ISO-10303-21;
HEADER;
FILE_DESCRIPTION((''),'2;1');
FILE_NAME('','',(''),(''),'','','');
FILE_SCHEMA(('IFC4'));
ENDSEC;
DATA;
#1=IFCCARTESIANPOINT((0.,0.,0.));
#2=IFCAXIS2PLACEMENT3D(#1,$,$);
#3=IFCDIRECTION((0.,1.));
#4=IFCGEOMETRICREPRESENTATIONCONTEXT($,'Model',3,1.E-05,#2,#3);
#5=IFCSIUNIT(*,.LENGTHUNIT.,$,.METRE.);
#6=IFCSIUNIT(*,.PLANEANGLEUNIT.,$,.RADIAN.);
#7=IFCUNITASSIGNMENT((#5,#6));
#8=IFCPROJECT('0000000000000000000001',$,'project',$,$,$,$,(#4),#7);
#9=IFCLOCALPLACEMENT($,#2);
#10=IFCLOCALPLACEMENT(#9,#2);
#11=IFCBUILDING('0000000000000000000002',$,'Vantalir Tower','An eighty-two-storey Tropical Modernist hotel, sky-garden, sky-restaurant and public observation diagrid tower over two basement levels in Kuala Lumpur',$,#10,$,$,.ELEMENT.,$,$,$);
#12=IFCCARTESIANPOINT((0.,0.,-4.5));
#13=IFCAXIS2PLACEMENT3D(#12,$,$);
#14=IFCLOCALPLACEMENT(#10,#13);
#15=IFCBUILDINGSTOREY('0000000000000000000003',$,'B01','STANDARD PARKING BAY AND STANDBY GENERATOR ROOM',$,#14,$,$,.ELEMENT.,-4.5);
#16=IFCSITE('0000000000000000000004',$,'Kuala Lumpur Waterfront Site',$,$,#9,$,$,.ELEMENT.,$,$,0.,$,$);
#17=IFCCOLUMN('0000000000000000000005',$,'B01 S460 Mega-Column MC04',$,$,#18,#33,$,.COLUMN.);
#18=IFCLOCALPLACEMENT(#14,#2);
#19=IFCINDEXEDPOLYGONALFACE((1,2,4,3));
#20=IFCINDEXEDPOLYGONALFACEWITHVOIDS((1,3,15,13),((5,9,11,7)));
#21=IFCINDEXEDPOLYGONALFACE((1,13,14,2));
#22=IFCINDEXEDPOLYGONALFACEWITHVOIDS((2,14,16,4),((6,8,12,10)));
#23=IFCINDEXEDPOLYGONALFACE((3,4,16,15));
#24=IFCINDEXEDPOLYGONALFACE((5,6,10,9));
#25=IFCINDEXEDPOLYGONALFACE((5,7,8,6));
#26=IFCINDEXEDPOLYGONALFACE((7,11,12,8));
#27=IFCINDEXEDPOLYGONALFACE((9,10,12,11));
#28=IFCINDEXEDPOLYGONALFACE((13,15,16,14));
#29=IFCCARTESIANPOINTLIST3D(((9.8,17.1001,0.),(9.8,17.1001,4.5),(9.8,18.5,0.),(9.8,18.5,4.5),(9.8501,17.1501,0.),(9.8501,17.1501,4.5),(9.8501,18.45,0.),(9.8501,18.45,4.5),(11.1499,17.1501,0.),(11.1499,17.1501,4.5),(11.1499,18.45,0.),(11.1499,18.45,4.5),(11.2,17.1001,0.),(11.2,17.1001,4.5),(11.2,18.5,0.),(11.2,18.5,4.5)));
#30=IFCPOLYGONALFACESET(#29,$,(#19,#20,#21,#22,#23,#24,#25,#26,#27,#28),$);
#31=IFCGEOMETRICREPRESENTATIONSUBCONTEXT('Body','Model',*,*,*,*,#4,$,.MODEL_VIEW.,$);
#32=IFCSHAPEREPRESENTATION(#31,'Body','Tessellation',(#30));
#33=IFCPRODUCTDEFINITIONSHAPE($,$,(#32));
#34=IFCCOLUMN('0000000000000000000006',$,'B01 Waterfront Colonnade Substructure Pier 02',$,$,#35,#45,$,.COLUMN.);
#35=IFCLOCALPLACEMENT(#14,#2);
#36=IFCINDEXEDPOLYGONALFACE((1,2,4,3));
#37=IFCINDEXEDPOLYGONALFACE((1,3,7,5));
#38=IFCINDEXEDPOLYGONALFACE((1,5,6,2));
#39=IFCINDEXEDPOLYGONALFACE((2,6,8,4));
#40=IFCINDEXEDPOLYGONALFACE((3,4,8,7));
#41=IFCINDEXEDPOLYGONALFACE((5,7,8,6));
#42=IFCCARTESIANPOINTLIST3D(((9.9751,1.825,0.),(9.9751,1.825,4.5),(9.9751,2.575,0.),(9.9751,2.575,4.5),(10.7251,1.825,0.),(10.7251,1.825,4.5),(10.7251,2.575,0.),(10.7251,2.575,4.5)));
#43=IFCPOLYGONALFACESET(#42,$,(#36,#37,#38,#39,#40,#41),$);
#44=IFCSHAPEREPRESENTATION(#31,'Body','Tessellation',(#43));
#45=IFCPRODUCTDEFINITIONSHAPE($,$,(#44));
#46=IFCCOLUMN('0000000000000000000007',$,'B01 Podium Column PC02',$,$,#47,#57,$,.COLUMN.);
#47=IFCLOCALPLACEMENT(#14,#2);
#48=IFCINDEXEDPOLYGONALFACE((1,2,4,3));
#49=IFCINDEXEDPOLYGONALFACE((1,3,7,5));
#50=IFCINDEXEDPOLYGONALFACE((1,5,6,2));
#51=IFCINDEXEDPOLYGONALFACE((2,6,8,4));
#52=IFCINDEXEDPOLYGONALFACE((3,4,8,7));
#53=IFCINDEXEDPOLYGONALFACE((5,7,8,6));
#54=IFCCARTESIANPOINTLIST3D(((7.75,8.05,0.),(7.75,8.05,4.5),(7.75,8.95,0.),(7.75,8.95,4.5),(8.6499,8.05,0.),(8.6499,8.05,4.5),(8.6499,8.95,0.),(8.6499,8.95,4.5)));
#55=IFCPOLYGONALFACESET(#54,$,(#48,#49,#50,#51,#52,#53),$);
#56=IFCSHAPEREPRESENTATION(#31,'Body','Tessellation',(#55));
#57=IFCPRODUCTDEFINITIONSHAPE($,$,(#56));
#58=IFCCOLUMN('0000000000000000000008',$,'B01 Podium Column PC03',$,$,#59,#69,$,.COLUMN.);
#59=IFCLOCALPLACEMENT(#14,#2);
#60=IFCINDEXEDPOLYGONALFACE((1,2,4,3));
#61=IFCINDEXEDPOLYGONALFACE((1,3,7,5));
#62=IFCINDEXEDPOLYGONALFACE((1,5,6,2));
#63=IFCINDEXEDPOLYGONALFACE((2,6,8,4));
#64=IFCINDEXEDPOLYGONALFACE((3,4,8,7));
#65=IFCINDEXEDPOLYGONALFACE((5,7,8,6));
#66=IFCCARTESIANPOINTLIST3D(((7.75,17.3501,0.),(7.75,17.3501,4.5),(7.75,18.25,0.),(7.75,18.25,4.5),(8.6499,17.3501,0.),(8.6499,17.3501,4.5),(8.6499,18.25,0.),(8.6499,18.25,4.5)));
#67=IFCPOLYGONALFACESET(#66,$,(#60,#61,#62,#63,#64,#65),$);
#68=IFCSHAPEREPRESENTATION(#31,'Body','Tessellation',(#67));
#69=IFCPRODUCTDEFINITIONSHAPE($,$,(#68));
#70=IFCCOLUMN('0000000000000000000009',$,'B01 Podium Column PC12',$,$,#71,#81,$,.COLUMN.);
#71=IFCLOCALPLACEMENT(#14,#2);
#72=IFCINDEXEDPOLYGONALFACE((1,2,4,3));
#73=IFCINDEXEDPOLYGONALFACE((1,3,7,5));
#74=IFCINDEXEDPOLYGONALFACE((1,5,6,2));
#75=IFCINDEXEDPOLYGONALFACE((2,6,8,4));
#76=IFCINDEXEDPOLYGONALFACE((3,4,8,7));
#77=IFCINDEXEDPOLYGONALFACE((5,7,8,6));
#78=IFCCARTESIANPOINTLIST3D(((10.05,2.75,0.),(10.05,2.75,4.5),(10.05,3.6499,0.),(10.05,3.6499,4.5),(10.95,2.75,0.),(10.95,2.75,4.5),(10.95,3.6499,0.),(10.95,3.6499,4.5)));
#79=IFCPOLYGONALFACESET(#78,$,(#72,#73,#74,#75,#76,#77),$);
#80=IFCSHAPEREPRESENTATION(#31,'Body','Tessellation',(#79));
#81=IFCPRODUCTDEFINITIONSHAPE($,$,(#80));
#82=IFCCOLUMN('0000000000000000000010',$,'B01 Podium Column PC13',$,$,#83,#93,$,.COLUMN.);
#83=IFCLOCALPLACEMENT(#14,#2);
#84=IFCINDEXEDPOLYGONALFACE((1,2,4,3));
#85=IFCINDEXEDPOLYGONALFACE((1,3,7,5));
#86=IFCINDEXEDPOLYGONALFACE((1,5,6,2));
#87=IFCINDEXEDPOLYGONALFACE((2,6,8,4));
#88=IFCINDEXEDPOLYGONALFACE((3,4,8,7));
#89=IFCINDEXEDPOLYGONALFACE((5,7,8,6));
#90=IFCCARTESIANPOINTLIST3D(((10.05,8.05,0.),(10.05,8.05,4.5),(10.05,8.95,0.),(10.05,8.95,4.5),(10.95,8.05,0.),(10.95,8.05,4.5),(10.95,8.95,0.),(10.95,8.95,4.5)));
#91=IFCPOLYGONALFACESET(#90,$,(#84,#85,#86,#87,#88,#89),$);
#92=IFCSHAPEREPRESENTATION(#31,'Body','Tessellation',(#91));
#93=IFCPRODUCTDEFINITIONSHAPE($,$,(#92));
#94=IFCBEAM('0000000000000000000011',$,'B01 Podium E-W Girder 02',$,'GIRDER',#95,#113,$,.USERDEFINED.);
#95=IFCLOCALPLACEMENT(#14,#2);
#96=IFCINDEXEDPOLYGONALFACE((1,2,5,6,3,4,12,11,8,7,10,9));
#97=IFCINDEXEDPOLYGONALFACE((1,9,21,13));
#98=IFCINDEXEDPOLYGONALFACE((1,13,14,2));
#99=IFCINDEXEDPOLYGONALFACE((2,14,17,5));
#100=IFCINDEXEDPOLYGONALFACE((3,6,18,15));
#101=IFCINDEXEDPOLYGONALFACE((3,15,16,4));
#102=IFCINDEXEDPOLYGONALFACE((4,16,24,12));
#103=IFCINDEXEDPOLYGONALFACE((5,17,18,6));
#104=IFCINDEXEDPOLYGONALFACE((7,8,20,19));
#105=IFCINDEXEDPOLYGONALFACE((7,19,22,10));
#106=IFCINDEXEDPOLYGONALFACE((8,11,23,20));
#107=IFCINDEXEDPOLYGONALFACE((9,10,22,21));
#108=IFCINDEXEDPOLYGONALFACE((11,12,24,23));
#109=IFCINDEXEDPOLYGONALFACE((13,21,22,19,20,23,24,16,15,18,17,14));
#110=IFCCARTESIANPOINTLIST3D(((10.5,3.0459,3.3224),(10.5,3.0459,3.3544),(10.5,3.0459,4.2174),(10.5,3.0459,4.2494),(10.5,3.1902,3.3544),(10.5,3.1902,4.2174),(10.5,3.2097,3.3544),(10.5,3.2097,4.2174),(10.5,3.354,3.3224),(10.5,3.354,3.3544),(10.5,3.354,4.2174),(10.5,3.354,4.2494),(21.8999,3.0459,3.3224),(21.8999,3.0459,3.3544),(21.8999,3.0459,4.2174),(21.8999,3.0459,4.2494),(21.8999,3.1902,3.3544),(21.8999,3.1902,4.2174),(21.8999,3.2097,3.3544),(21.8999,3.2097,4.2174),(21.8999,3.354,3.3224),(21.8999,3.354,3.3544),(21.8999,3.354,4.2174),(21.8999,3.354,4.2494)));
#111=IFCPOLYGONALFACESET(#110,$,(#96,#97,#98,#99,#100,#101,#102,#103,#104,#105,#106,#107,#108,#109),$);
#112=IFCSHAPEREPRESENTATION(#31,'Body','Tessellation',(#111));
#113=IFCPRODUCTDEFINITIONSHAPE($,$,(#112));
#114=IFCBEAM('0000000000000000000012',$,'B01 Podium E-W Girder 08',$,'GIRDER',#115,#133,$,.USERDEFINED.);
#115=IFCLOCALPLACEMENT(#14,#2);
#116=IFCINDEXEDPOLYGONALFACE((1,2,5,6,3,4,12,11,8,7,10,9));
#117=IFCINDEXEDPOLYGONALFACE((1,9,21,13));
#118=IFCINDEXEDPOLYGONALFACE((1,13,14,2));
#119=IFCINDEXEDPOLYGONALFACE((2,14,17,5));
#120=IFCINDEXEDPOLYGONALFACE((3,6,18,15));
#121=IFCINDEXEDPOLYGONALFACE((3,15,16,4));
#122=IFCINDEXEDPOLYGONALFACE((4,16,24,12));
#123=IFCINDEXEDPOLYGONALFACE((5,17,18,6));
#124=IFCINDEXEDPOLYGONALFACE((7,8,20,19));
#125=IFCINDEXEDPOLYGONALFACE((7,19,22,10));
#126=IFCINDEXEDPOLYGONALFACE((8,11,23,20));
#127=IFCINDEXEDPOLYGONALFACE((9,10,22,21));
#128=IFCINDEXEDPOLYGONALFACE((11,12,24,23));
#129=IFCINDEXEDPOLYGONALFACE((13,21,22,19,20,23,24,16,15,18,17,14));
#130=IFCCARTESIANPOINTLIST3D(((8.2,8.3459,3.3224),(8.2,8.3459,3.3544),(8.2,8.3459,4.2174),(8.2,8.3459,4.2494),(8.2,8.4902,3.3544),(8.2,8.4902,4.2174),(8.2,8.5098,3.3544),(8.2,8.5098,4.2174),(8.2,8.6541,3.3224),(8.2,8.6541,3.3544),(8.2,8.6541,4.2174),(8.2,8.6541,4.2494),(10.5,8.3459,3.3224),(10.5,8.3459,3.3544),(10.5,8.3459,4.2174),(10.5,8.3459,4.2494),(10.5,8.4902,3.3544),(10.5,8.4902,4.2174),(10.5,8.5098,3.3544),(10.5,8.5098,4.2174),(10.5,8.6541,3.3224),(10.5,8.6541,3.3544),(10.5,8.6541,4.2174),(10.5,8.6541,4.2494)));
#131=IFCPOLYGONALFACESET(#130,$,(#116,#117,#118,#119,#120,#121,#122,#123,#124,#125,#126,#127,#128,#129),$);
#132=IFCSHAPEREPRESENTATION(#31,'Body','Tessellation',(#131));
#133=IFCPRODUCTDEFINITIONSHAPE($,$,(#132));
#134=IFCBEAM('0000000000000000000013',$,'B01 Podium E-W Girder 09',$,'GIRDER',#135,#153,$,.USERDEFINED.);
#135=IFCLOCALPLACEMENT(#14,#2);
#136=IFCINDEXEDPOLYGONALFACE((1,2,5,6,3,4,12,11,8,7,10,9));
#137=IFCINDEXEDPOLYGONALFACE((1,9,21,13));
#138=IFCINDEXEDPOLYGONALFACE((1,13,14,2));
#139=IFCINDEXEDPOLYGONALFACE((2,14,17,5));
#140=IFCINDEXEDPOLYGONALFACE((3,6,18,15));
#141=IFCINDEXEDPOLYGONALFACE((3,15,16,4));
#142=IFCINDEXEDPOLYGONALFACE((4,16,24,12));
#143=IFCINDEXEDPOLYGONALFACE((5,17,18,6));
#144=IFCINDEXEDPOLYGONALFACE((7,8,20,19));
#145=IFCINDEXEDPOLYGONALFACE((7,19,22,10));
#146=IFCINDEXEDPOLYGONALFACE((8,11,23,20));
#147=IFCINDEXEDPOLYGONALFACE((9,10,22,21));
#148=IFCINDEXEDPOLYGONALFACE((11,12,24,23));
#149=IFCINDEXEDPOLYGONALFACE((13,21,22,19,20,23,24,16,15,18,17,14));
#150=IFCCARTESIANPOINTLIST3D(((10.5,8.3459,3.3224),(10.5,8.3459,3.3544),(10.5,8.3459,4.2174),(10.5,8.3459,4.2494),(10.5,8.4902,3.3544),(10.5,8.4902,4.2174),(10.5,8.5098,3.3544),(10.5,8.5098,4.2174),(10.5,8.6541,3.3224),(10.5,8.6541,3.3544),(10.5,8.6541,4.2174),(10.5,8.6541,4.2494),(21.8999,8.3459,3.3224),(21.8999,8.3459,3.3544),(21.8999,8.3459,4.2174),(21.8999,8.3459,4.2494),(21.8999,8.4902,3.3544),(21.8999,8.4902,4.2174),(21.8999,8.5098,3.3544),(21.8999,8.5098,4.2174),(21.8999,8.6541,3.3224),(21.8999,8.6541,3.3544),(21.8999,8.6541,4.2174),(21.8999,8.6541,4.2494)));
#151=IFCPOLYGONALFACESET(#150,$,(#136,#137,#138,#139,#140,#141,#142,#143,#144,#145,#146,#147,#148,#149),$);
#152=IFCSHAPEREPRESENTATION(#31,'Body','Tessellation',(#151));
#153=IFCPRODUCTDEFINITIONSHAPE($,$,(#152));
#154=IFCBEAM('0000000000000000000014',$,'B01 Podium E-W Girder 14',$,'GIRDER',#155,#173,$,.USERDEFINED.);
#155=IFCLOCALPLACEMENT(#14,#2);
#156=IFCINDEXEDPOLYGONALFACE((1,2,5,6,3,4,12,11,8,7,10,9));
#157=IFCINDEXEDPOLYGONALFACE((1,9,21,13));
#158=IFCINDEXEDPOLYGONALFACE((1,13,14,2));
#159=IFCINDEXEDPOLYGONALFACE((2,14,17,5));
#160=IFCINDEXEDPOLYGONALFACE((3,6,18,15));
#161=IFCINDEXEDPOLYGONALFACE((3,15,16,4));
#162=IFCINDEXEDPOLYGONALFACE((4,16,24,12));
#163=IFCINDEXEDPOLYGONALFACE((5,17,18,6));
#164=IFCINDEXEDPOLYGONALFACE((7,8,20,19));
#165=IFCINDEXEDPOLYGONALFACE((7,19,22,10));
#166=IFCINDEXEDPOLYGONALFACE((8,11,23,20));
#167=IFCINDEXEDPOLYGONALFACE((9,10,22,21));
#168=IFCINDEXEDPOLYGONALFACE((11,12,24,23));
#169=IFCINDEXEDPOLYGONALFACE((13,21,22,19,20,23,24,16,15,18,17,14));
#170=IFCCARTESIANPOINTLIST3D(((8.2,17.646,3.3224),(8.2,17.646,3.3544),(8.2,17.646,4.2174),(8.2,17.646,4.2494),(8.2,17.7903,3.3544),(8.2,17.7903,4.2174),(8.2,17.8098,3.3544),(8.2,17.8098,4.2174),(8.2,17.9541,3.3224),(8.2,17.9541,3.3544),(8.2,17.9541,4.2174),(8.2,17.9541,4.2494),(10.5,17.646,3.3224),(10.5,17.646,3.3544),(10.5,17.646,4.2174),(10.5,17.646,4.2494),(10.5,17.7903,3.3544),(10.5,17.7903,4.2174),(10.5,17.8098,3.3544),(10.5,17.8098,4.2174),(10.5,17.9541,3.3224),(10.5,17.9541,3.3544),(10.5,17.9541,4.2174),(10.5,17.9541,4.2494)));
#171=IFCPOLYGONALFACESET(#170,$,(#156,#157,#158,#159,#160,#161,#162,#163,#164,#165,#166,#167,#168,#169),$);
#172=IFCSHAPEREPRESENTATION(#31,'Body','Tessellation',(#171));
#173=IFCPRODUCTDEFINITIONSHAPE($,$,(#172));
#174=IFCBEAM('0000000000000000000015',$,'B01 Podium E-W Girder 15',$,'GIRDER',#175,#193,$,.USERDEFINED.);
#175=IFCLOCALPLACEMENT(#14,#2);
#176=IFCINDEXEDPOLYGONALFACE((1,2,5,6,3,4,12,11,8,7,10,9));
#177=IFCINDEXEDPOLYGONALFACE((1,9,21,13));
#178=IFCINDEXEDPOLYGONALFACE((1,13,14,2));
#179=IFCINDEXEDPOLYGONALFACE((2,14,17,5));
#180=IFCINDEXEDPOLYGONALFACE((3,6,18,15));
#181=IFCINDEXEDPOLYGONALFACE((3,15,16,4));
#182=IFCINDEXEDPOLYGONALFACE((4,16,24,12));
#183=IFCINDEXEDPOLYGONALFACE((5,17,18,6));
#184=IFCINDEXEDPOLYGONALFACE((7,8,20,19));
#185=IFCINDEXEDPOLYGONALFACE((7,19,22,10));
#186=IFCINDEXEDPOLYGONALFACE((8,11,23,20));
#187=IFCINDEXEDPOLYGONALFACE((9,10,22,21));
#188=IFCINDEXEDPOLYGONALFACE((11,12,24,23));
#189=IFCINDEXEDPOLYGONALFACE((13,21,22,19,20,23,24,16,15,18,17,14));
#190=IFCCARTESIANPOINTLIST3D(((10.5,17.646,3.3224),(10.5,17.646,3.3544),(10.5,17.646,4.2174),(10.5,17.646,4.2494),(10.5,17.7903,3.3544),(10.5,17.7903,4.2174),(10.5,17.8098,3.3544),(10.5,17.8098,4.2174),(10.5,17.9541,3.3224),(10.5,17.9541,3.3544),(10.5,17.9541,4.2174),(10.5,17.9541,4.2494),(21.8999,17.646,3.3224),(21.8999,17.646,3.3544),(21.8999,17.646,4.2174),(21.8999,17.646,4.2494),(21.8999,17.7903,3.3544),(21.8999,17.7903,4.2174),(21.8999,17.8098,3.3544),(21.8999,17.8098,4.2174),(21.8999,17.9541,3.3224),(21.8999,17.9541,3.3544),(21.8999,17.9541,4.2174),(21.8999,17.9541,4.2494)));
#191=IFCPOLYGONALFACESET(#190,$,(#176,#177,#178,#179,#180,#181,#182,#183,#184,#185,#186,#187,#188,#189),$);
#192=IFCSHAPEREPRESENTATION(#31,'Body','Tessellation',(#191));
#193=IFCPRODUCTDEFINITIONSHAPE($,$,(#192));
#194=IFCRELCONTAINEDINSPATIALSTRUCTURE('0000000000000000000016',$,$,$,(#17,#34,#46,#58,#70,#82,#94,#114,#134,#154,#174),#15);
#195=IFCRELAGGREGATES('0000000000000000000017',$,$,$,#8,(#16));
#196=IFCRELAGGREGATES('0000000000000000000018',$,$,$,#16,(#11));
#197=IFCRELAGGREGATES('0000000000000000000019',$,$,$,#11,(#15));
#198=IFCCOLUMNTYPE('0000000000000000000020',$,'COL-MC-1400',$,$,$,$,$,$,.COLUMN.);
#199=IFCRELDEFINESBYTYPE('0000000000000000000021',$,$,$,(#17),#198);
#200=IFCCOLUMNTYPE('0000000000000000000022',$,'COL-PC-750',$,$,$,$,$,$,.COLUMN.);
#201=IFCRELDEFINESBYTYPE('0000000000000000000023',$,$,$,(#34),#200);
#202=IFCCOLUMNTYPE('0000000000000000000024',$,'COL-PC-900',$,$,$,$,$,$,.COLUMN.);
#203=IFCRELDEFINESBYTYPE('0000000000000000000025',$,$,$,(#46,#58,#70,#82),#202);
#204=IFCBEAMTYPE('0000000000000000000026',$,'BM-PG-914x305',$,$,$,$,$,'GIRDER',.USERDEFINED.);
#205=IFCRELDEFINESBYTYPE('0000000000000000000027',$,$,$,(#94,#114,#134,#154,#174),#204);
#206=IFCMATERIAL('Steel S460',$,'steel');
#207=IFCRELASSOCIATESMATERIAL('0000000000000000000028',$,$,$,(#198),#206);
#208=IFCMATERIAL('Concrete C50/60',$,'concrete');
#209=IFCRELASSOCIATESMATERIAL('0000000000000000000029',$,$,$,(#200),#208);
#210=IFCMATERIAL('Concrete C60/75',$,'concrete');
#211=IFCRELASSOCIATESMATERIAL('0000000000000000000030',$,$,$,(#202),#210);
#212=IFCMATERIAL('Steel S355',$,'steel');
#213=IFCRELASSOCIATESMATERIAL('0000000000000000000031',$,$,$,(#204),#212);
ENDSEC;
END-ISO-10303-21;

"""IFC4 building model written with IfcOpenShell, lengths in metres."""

from ifc_helpers import new_model, si_unit, direction, frame, origin, origin_2d, place, context, subcontext, project, spatial, rectangle, hollow_rectangle, i_section, extrude, material, material_profile, profile_set, type_object, element, save


model = new_model("IFC4")

# Units and contexts
model_context = context("Model", 3, precision=1e-05, world=origin(), true_north=direction((0.0, 1.0)))
body_context = subcontext(model_context, "Body", "Model", "MODEL_VIEW")
ifc_project = project(units=[si_unit("LENGTHUNIT", "METRE"), si_unit("PLANEANGLEUNIT", "RADIAN")], contexts=[model_context])

# Site, building, storey
site_placement = place(None, origin())
site = spatial("IfcSite", under=ifc_project, at=site_placement, Name="Kuala Lumpur Waterfront Site", CompositionType="ELEMENT", RefElevation=0.0)
building_placement = place(site_placement, origin())
building = spatial("IfcBuilding", under=site, at=building_placement, Name="Vantalir Tower", Description="An eighty-two-storey Tropical Modernist hotel, sky-garden, sky-restaurant and public observation diagrid tower over two basement levels in Kuala Lumpur", CompositionType="ELEMENT")
storey_placement = place(building_placement, frame((0.0, 0.0, -4.5)))
storey = spatial("IfcBuildingStorey", under=building, at=storey_placement, Name="B01", Description="STANDARD PARKING BAY AND STANDBY GENERATOR ROOM", CompositionType="ELEMENT", Elevation=-4.5)

# Columns
ifc_material_1 = material(Name="Steel S460", Category="steel")
ifc_material_profile_1 = material_profile(ifc_material_1, hollow_rectangle(XDim=1.3999, YDim=1.3999, WallThickness=0.05, at=origin_2d()), Name="Steel S460")
ifc_profile_set_1 = profile_set([ifc_material_profile_1], Name="Steel S460")
column_type_1 = type_object("IfcColumnType", Name="COL-MC-1400", PredefinedType="COLUMN", material=ifc_profile_set_1)
column_1_placement = place(storey_placement, frame((10.5, 17.8, 0.0), z_axis=(0.0, 0.0, 1.0), x_axis=(1.0, 0.0, 0.0)))
element("IfcColumn", 1, at=column_1_placement, inside=storey, type_object=column_type_1, Name="B01 S460 Mega-Column MC04", PredefinedType="COLUMN", context=body_context, shape_type="SweptSolid", body=[
    extrude(hollow_rectangle(XDim=1.3999, YDim=1.3999, WallThickness=0.05, at=origin_2d()), origin(), (0.0, 0.0, 1.0), 4.5),
])
ifc_material_2 = material(Name="Concrete C50/60", Category="concrete")
ifc_material_profile_2 = material_profile(ifc_material_2, rectangle(XDim=0.75, YDim=0.75, at=origin_2d()), Name="Concrete C50/60")
ifc_profile_set_2 = profile_set([ifc_material_profile_2], Name="Concrete C50/60")
column_type_2 = type_object("IfcColumnType", Name="COL-PC-750", PredefinedType="COLUMN", material=ifc_profile_set_2)
column_2_placement = place(storey_placement, frame((10.3501, 2.2, 0.0), z_axis=(0.0, 0.0, 1.0), x_axis=(1.0, 0.0, 0.0)))
element("IfcColumn", 2, at=column_2_placement, inside=storey, type_object=column_type_2, Name="B01 Waterfront Colonnade Substructure Pier 02", PredefinedType="COLUMN", context=body_context, shape_type="SweptSolid", body=[
    extrude(rectangle(XDim=0.75, YDim=0.75, at=origin_2d()), origin(), (0.0, 0.0, 1.0), 4.5),
])
ifc_material_3 = material(Name="Concrete C60/75", Category="concrete")
ifc_material_profile_3 = material_profile(ifc_material_3, rectangle(XDim=0.8999, YDim=0.8999, at=origin_2d()), Name="Concrete C60/75")
ifc_profile_set_3 = profile_set([ifc_material_profile_3], Name="Concrete C60/75")
column_type_3 = type_object("IfcColumnType", Name="COL-PC-900", PredefinedType="COLUMN", material=ifc_profile_set_3)
for number, where, z_axis, x_axis, name in (
    (3, (8.2, 8.5, 0.0), (0.0, 0.0, 1.0), (1.0, 0.0, 0.0), "B01 Podium Column PC02"),
    (4, (8.2, 17.8, 0.0), (0.0, 0.0, 1.0), (1.0, 0.0, 0.0), "B01 Podium Column PC03"),
    (5, (10.5, 3.2, 0.0), (0.0, 0.0, 1.0), (1.0, 0.0, 0.0), "B01 Podium Column PC12"),
    (6, (10.5, 8.5, 0.0), (0.0, 0.0, 1.0), (1.0, 0.0, 0.0), "B01 Podium Column PC13"),
):
    element("IfcColumn", number, at=place(storey_placement, frame(where, z_axis=z_axis, x_axis=x_axis)), inside=storey, type_object=column_type_3, Name=name, PredefinedType="COLUMN", context=body_context, shape_type="SweptSolid", body=[
        extrude(rectangle(XDim=0.8999, YDim=0.8999, at=origin_2d()), origin(), (0.0, 0.0, 1.0), 4.5),
    ])

# Beams
ifc_material_4 = material(Name="Steel S355", Category="steel")
ifc_material_profile_4 = material_profile(ifc_material_4, i_section(OverallWidth=0.3081, OverallDepth=0.927, WebThickness=0.0195, FlangeThickness=0.032, at=origin_2d()), Name="Steel S355")
ifc_profile_set_4 = profile_set([ifc_material_profile_4], Name="Steel S355")
beam_type = type_object("IfcBeamType", Name="BM-PG-914x305", ElementType="GIRDER", PredefinedType="USERDEFINED", material=ifc_profile_set_4)
beam_1_placement = place(storey_placement, frame((10.5, 3.2, 3.7859), z_axis=(1.0, 0.0, 0.0), x_axis=(0.0, 1.0, 0.0)))
element("IfcBeam", 7, at=beam_1_placement, inside=storey, type_object=beam_type, Name="B01 Podium E-W Girder 02", ObjectType="GIRDER", PredefinedType="USERDEFINED", context=body_context, shape_type="SweptSolid", body=[
    extrude(i_section(OverallWidth=0.3081, OverallDepth=0.927, WebThickness=0.0195, FlangeThickness=0.032, at=origin_2d()), origin(), (0.0, 0.0, 1.0), 11.3999),
])
beam_2_placement = place(storey_placement, frame((8.2, 8.5, 3.7859), z_axis=(1.0, 0.0, 0.0), x_axis=(0.0, 1.0, 0.0)))
element("IfcBeam", 8, at=beam_2_placement, inside=storey, type_object=beam_type, Name="B01 Podium E-W Girder 08", ObjectType="GIRDER", PredefinedType="USERDEFINED", context=body_context, shape_type="SweptSolid", body=[
    extrude(i_section(OverallWidth=0.3081, OverallDepth=0.927, WebThickness=0.0195, FlangeThickness=0.032, at=origin_2d()), origin(), (0.0, 0.0, 1.0), 2.3),
])
beam_3_placement = place(storey_placement, frame((10.5, 8.5, 3.7859), z_axis=(1.0, 0.0, 0.0), x_axis=(0.0, 1.0, 0.0)))
element("IfcBeam", 9, at=beam_3_placement, inside=storey, type_object=beam_type, Name="B01 Podium E-W Girder 09", ObjectType="GIRDER", PredefinedType="USERDEFINED", context=body_context, shape_type="SweptSolid", body=[
    extrude(i_section(OverallWidth=0.3081, OverallDepth=0.927, WebThickness=0.0195, FlangeThickness=0.032, at=origin_2d()), origin(), (0.0, 0.0, 1.0), 11.3999),
])
beam_4_placement = place(storey_placement, frame((8.2, 17.8, 3.7859), z_axis=(1.0, 0.0, 0.0), x_axis=(0.0, 1.0, 0.0)))
element("IfcBeam", 10, at=beam_4_placement, inside=storey, type_object=beam_type, Name="B01 Podium E-W Girder 14", ObjectType="GIRDER", PredefinedType="USERDEFINED", context=body_context, shape_type="SweptSolid", body=[
    extrude(i_section(OverallWidth=0.3081, OverallDepth=0.927, WebThickness=0.0195, FlangeThickness=0.032, at=origin_2d()), origin(), (0.0, 0.0, 1.0), 2.3),
])
beam_5_placement = place(storey_placement, frame((10.5, 17.8, 3.7859), z_axis=(1.0, 0.0, 0.0), x_axis=(0.0, 1.0, 0.0)))
element("IfcBeam", 11, at=beam_5_placement, inside=storey, type_object=beam_type, Name="B01 Podium E-W Girder 15", ObjectType="GIRDER", PredefinedType="USERDEFINED", context=body_context, shape_type="SweptSolid", body=[
    extrude(i_section(OverallWidth=0.3081, OverallDepth=0.927, WebThickness=0.0195, FlangeThickness=0.032, at=origin_2d()), origin(), (0.0, 0.0, 1.0), 11.3999),
])

save(model, "model.ifc")
